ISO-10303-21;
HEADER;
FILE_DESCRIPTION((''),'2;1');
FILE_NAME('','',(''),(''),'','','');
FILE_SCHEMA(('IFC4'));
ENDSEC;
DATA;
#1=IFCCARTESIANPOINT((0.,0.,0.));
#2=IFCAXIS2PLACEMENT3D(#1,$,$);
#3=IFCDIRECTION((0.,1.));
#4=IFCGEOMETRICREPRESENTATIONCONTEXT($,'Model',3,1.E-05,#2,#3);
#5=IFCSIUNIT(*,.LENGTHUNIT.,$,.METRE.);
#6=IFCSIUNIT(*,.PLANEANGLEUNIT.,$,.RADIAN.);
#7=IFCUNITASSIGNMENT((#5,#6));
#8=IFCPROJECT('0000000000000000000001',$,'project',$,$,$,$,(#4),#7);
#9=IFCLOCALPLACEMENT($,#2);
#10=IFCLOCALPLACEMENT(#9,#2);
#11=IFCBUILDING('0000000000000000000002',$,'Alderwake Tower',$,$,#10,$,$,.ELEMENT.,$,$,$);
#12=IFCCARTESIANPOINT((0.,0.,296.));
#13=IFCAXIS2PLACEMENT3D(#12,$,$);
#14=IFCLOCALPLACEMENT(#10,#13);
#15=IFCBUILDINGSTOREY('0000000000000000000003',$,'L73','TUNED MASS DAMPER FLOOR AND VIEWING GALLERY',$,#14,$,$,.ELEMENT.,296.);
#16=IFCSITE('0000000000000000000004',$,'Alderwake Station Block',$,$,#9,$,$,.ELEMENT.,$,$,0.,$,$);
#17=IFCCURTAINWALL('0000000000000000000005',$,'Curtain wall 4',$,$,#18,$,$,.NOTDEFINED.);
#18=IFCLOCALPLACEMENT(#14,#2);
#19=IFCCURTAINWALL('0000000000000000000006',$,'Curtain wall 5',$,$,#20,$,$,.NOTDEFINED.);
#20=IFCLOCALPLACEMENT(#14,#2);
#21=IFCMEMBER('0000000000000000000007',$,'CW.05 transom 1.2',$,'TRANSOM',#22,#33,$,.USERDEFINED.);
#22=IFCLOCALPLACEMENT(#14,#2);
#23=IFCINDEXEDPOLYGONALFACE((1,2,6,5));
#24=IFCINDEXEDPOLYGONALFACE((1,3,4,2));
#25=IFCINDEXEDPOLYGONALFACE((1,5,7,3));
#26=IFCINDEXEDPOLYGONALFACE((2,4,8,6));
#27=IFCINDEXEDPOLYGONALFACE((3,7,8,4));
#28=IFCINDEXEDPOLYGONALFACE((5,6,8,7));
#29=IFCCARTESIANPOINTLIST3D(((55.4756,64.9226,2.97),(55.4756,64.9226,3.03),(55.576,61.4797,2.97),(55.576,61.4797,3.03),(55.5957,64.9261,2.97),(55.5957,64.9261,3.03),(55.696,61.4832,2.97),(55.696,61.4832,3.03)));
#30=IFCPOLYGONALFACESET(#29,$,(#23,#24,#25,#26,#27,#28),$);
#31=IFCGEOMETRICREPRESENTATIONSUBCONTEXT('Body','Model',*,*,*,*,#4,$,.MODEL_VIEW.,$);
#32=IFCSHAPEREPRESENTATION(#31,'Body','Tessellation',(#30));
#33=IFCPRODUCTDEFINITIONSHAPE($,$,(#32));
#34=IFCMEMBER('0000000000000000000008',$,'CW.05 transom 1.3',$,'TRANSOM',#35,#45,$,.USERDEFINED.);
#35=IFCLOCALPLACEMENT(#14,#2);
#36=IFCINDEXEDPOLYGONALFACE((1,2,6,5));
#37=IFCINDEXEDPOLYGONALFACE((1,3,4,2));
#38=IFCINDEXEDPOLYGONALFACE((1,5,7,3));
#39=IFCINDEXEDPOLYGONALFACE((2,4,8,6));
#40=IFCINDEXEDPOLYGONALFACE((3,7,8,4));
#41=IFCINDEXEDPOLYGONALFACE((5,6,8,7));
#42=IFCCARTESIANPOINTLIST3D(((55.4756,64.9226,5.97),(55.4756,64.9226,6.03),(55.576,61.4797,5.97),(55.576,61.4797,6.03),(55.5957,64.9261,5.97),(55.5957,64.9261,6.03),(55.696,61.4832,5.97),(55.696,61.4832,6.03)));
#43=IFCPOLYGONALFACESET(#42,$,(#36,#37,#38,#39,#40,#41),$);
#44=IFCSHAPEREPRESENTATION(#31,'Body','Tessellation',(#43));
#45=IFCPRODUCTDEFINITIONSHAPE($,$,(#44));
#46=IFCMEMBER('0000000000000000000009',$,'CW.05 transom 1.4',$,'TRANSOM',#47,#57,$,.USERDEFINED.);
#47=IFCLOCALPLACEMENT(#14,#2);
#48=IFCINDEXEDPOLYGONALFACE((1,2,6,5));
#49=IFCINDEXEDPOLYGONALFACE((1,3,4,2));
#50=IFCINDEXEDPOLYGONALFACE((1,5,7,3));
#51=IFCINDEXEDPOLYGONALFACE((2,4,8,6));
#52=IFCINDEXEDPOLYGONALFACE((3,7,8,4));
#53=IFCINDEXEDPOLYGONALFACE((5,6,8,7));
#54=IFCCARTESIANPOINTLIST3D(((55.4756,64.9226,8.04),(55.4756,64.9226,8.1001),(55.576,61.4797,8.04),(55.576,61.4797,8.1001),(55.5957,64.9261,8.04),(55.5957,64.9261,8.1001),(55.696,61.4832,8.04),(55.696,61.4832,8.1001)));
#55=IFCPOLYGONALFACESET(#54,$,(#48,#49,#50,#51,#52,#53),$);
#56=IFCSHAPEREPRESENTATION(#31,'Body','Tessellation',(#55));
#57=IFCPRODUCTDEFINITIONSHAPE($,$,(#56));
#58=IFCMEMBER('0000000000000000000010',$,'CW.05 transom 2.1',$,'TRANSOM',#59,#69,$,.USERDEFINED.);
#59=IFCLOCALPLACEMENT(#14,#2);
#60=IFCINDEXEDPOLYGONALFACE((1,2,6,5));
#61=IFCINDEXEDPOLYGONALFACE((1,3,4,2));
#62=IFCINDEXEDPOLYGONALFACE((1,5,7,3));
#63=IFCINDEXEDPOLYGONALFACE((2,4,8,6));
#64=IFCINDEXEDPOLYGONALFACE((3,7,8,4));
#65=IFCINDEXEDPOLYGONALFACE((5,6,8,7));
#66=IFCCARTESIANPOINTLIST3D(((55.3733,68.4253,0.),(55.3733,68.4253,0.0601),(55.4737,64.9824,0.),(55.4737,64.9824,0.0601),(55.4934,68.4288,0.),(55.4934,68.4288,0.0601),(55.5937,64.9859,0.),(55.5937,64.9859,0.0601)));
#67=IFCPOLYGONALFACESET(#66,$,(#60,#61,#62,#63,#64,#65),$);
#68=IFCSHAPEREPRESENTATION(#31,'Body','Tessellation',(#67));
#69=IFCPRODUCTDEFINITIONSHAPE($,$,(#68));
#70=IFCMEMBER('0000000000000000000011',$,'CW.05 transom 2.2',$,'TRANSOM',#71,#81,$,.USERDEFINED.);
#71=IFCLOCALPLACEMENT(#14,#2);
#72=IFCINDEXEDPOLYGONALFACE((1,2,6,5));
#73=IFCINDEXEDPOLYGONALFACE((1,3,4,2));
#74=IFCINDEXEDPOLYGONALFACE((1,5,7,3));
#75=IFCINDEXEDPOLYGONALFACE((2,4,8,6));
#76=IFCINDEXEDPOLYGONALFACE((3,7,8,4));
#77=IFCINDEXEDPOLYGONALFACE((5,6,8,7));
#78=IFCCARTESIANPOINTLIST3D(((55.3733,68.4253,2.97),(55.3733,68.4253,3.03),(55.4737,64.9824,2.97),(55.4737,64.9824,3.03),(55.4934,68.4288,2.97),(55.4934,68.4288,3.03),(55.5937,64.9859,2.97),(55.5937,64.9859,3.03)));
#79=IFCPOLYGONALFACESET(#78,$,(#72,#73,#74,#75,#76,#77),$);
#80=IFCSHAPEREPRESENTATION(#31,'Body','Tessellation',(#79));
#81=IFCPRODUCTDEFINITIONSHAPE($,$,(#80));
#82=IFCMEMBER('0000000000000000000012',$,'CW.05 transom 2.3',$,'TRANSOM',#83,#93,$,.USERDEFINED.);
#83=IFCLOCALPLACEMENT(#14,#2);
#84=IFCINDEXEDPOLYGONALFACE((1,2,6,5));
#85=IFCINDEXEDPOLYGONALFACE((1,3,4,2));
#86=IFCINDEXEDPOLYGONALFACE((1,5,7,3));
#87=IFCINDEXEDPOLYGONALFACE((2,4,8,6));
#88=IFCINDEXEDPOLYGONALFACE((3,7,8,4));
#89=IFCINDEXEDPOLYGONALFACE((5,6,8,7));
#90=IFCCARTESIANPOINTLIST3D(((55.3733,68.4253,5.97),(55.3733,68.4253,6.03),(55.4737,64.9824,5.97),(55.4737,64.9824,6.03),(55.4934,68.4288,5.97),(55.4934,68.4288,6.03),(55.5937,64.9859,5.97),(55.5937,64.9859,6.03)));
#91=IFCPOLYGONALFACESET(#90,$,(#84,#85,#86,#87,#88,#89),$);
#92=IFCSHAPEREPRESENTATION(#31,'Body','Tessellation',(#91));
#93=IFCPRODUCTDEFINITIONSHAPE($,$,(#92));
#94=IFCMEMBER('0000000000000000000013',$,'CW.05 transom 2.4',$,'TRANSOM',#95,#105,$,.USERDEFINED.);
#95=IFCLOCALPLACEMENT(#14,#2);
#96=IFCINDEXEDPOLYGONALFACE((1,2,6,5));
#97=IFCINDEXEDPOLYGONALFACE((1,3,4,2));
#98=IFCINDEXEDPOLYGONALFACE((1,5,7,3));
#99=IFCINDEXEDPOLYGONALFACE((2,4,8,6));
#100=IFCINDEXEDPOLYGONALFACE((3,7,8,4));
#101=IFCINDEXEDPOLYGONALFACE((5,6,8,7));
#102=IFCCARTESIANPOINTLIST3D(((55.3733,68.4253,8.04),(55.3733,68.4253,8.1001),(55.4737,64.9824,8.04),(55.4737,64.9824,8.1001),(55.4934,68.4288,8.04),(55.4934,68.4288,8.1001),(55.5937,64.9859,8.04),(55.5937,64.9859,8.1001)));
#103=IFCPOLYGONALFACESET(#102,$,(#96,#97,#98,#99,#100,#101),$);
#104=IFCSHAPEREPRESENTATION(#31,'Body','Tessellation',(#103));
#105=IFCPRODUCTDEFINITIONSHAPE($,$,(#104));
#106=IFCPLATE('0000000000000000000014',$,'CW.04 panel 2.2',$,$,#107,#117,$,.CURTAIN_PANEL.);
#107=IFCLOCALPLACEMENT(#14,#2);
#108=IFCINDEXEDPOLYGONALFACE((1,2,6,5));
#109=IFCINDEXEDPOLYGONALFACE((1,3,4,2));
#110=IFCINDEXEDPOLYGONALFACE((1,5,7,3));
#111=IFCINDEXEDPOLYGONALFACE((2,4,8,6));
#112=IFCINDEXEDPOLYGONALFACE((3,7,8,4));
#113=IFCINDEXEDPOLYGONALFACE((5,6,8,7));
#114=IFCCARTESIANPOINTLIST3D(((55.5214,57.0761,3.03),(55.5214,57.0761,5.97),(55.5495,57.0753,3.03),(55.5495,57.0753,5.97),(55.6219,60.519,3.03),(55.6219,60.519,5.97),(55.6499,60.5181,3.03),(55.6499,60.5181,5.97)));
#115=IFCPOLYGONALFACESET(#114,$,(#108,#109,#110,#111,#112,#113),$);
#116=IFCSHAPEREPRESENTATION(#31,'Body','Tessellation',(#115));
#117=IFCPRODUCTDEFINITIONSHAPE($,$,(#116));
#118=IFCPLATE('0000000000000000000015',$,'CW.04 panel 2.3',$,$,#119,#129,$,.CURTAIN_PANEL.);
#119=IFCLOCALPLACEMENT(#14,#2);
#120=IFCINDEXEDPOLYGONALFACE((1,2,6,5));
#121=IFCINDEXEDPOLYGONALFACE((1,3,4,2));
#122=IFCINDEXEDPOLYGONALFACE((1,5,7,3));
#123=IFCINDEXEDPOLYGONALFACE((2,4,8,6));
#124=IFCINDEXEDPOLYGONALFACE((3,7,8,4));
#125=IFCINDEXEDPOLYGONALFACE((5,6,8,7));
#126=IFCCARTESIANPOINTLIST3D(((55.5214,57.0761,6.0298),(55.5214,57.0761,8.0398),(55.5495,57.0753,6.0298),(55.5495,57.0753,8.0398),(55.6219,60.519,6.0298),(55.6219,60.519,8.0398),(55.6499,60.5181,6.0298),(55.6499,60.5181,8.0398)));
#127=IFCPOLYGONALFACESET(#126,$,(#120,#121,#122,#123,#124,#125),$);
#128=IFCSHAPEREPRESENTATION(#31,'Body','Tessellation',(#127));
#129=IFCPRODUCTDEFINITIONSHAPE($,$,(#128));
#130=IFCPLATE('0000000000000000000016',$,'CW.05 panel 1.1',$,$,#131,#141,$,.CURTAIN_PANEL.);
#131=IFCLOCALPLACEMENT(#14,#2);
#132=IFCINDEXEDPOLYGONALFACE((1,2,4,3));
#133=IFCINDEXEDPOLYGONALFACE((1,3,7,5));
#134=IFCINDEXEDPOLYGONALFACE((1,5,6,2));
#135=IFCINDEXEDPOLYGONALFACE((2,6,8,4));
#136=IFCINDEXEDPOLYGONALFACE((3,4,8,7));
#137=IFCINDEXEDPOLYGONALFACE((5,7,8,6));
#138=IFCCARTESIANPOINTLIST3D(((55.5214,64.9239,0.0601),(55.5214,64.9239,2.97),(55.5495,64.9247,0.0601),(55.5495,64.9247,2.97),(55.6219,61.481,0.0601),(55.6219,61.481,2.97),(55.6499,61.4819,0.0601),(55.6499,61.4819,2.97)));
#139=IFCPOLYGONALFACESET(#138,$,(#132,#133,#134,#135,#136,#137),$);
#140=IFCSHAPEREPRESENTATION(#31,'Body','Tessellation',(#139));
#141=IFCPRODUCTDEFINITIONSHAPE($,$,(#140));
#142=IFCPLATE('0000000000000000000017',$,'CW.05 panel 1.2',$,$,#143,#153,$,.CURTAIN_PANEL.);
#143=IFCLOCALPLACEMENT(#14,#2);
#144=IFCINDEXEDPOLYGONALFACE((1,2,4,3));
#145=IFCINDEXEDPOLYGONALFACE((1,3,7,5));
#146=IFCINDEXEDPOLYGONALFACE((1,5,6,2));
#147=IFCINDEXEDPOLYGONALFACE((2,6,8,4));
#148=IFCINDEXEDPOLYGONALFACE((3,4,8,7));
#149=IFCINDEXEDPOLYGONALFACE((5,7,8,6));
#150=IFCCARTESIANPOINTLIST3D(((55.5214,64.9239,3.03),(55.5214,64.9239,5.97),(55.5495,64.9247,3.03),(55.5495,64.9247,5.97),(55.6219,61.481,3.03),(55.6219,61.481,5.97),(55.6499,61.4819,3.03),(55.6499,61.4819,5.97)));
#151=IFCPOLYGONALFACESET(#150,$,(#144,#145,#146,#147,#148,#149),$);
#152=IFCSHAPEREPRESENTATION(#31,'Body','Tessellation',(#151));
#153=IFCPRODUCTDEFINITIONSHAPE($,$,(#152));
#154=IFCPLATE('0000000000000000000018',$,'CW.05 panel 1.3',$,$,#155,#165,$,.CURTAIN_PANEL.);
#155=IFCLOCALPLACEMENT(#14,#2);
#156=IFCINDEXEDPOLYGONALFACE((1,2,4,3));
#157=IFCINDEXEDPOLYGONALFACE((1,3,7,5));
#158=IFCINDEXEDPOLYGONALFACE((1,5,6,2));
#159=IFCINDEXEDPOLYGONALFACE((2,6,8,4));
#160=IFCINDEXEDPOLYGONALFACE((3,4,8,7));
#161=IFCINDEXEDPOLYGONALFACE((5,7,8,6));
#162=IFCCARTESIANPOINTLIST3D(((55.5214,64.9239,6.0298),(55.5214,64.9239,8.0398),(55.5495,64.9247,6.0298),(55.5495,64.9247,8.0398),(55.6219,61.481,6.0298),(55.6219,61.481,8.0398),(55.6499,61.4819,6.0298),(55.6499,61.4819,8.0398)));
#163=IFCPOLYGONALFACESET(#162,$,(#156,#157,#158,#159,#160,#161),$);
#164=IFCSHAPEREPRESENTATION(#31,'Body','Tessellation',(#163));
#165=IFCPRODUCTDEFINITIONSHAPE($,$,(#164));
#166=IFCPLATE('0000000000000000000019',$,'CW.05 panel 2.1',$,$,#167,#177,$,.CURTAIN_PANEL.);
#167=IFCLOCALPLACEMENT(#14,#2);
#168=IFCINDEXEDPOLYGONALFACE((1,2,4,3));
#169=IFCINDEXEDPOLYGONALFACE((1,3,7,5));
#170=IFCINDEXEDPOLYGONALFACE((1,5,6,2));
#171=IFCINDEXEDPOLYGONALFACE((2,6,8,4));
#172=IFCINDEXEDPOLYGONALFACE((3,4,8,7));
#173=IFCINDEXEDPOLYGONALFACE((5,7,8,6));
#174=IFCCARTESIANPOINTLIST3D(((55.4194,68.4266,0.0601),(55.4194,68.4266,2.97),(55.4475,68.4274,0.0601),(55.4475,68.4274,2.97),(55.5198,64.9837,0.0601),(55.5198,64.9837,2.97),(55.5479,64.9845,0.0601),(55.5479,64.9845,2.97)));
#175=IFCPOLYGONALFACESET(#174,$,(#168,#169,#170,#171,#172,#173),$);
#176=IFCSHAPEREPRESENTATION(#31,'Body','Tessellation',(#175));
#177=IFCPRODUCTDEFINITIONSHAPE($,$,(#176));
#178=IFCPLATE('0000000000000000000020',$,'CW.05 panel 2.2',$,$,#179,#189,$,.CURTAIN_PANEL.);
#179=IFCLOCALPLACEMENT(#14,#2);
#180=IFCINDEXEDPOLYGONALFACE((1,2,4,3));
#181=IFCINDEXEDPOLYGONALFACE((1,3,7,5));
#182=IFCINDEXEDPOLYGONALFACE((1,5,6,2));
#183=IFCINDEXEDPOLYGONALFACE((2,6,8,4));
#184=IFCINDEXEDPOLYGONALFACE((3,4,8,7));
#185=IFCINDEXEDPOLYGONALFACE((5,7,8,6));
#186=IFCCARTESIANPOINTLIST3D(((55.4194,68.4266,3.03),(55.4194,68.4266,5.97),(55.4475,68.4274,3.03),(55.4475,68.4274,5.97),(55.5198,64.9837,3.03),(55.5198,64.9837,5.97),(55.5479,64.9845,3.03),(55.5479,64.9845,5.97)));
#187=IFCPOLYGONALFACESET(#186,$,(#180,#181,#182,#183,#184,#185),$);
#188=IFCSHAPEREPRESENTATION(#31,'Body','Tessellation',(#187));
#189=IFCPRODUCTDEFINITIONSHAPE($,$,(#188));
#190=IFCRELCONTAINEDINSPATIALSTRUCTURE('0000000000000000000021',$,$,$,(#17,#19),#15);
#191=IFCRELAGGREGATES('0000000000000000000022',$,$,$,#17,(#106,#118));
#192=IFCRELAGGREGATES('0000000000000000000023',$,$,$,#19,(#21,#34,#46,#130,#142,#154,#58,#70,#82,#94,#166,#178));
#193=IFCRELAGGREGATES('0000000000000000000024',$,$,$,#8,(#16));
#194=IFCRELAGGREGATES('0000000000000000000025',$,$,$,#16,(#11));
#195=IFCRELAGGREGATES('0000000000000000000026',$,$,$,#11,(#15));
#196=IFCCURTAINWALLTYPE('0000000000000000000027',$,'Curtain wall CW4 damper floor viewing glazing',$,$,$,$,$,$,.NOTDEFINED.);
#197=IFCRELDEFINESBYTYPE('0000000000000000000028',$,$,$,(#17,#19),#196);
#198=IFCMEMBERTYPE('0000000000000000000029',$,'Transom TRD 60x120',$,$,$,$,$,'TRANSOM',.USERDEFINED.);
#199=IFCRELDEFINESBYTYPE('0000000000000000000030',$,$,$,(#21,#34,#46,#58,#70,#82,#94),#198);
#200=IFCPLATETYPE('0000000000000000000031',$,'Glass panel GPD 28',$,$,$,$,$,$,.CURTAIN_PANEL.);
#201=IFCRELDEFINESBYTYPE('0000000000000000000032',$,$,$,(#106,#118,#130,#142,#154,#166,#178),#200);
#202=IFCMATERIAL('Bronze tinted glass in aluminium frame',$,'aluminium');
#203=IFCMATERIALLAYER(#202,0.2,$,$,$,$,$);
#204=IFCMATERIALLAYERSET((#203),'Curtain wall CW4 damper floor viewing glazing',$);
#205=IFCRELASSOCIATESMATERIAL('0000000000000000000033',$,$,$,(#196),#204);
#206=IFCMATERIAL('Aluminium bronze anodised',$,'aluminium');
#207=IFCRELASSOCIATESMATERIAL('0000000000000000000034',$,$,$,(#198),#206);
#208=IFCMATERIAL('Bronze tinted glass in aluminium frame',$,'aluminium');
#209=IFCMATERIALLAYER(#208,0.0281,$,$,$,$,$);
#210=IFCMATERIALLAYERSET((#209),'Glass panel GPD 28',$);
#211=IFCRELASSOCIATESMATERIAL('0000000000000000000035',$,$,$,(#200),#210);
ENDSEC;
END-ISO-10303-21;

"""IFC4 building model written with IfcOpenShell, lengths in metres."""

from ifc_helpers import new_model, si_unit, direction, frame, origin, origin_2d, place, context, subcontext, project, spatial, rectangle, extrude, material, layer, layer_set, material_profile, profile_set, type_object, element, aggregate, save


model = new_model("IFC4")

# Units and contexts
model_context = context("Model", 3, precision=1e-05, world=origin(), true_north=direction((0.0, 1.0)))
body_context = subcontext(model_context, "Body", "Model", "MODEL_VIEW")
ifc_project = project(units=[si_unit("LENGTHUNIT", "METRE"), si_unit("PLANEANGLEUNIT", "RADIAN")], contexts=[model_context])

# Site, building, storey
site_placement = place(None, origin())
site = spatial("IfcSite", under=ifc_project, at=site_placement, Name="Alderwake Station Block", CompositionType="ELEMENT", RefElevation=0.0)
building_placement = place(site_placement, origin())
building = spatial("IfcBuilding", under=site, at=building_placement, Name="Alderwake Tower", CompositionType="ELEMENT")
storey_placement = place(building_placement, frame((0.0, 0.0, 296.0)))
storey = spatial("IfcBuildingStorey", under=building, at=storey_placement, Name="L73", Description="TUNED MASS DAMPER FLOOR AND VIEWING GALLERY", CompositionType="ELEMENT", Elevation=296.0)

# Curtain wall
ifc_material_1 = material(Name="Bronze tinted glass in aluminium frame", Category="aluminium")
ifc_layer_1 = layer(ifc_material_1, 0.2)
ifc_layer_set_1 = layer_set([ifc_layer_1], Name="Curtain wall CW4 damper floor viewing glazing")
curtain_wall_type = type_object("IfcCurtainWallType", Name="Curtain wall CW4 damper floor viewing glazing", PredefinedType="NOTDEFINED", material=ifc_layer_set_1)
curtain_wall_1_placement = place(storey_placement, origin())
curtain_wall_1 = element("IfcCurtainWall", 1, at=curtain_wall_1_placement, inside=storey, type_object=curtain_wall_type, Name="Curtain wall 4", PredefinedType="NOTDEFINED")

# Curtain wall
curtain_wall_2_placement = place(storey_placement, origin())
curtain_wall_2 = element("IfcCurtainWall", 2, at=curtain_wall_2_placement, inside=storey, type_object=curtain_wall_type, Name="Curtain wall 5", PredefinedType="NOTDEFINED")

# Members
ifc_material_2 = material(Name="Aluminium bronze anodised", Category="aluminium")
ifc_material_profile_1 = material_profile(ifc_material_2, rectangle(XDim=0.1201, YDim=0.0601, at=origin_2d()), Name="Transom TRD 60x120")
ifc_profile_set_1 = profile_set([ifc_material_profile_1], Name="Aluminium bronze anodised")
member_type_1 = type_object("IfcMemberType", Name="Transom TRD 60x120", ElementType="TRANSOM", PredefinedType="USERDEFINED", material=ifc_profile_set_1)
member_1_placement = place(storey_placement, frame((55.636, 61.4814, 3.0), z_axis=(-0.029132, 0.999576, 0.0), x_axis=(-0.999576, -0.029132, 0.0)))
member_1 = element("IfcMember", 3, at=member_1_placement, type_object=member_type_1, Name="CW.05 transom 1.2", ObjectType="TRANSOM", PredefinedType="USERDEFINED", context=body_context, shape_type="SweptSolid", body=[
    extrude(rectangle(XDim=0.1201, YDim=0.0601, at=origin_2d()), origin(), (0.0, 0.0, 1.0), 3.4443),
])
member_2_placement = place(storey_placement, frame((55.636, 61.4814, 6.0), z_axis=(-0.029132, 0.999576, 0.0), x_axis=(-0.999576, -0.029132, 0.0)))
member_2 = element("IfcMember", 4, at=member_2_placement, type_object=member_type_1, Name="CW.05 transom 1.3", ObjectType="TRANSOM", PredefinedType="USERDEFINED", context=body_context, shape_type="SweptSolid", body=[
    extrude(rectangle(XDim=0.1201, YDim=0.0601, at=origin_2d()), origin(), (0.0, 0.0, 1.0), 3.4443),
])
member_3_placement = place(storey_placement, frame((55.636, 61.4814, 8.0701), z_axis=(-0.029132, 0.999576, 0.0), x_axis=(-0.999576, -0.029132, 0.0)))
member_3 = element("IfcMember", 5, at=member_3_placement, type_object=member_type_1, Name="CW.05 transom 1.4", ObjectType="TRANSOM", PredefinedType="USERDEFINED", context=body_context, shape_type="SweptSolid", body=[
    extrude(rectangle(XDim=0.1201, YDim=0.0601, at=origin_2d()), origin(), (0.0, 0.0, 1.0), 3.4443),
])
member_4_placement = place(storey_placement, frame((55.5337, 64.9841, 0.03), z_axis=(-0.029132, 0.999576, 0.0), x_axis=(-0.999576, -0.029132, 0.0)))
member_4 = element("IfcMember", 6, at=member_4_placement, type_object=member_type_1, Name="CW.05 transom 2.1", ObjectType="TRANSOM", PredefinedType="USERDEFINED", context=body_context, shape_type="SweptSolid", body=[
    extrude(rectangle(XDim=0.1201, YDim=0.0601, at=origin_2d()), origin(), (0.0, 0.0, 1.0), 3.4443),
])
member_5_placement = place(storey_placement, frame((55.5337, 64.9841, 3.0), z_axis=(-0.029132, 0.999576, 0.0), x_axis=(-0.999576, -0.029132, 0.0)))
member_5 = element("IfcMember", 7, at=member_5_placement, type_object=member_type_1, Name="CW.05 transom 2.2", ObjectType="TRANSOM", PredefinedType="USERDEFINED", context=body_context, shape_type="SweptSolid", body=[
    extrude(rectangle(XDim=0.1201, YDim=0.0601, at=origin_2d()), origin(), (0.0, 0.0, 1.0), 3.4443),
])
member_6_placement = place(storey_placement, frame((55.5337, 64.9841, 6.0), z_axis=(-0.029132, 0.999576, 0.0), x_axis=(-0.999576, -0.029132, 0.0)))
member_6 = element("IfcMember", 8, at=member_6_placement, type_object=member_type_1, Name="CW.05 transom 2.3", ObjectType="TRANSOM", PredefinedType="USERDEFINED", context=body_context, shape_type="SweptSolid", body=[
    extrude(rectangle(XDim=0.1201, YDim=0.0601, at=origin_2d()), origin(), (0.0, 0.0, 1.0), 3.4443),
])
member_7_placement = place(storey_placement, frame((55.5337, 64.9841, 8.0701), z_axis=(-0.029132, 0.999576, 0.0), x_axis=(-0.999576, -0.029132, 0.0)))
member_7 = element("IfcMember", 9, at=member_7_placement, type_object=member_type_1, Name="CW.05 transom 2.4", ObjectType="TRANSOM", PredefinedType="USERDEFINED", context=body_context, shape_type="SweptSolid", body=[
    extrude(rectangle(XDim=0.1201, YDim=0.0601, at=origin_2d()), origin(), (0.0, 0.0, 1.0), 3.4443),
])

# Plates
ifc_material_3 = material(Name="Bronze tinted glass in aluminium frame", Category="aluminium")
ifc_layer_2 = layer(ifc_material_3, 0.0281)
ifc_layer_set_2 = layer_set([ifc_layer_2], Name="Glass panel GPD 28")
plate_type = type_object("IfcPlateType", Name="Glass panel GPD 28", PredefinedType="CURTAIN_PANEL", material=ifc_layer_set_2)
plate_1_placement = place(storey_placement, frame((55.5857, 58.7971, 3.03), z_axis=(0.0, 0.0, 1.0), x_axis=(0.029158, 0.999575, 0.0)))
plate_1 = element("IfcPlate", 10, at=plate_1_placement, type_object=plate_type, Name="CW.04 panel 2.2", PredefinedType="CURTAIN_PANEL", context=body_context, shape_type="SweptSolid", body=[
    extrude(rectangle(XDim=3.4443, YDim=0.0281, at=origin_2d()), origin(), (0.0, 0.0, 1.0), 2.9399),
])
plate_2_placement = place(storey_placement, frame((55.5857, 58.7971, 6.0298), z_axis=(0.0, 0.0, 1.0), x_axis=(0.029158, 0.999575, 0.0)))
plate_2 = element("IfcPlate", 11, at=plate_2_placement, type_object=plate_type, Name="CW.04 panel 2.3", PredefinedType="CURTAIN_PANEL", context=body_context, shape_type="SweptSolid", body=[
    extrude(rectangle(XDim=3.4443, YDim=0.0281, at=origin_2d()), origin(), (0.0, 0.0, 1.0), 2.01),
])
aggregate(curtain_wall_1, [plate_1, plate_2])
plate_3_placement = place(storey_placement, frame((55.5857, 63.2029, 0.0601), z_axis=(0.0, 0.0, 1.0), x_axis=(-0.029158, 0.999575, 0.0)))
plate_3 = element("IfcPlate", 12, at=plate_3_placement, type_object=plate_type, Name="CW.05 panel 1.1", PredefinedType="CURTAIN_PANEL", context=body_context, shape_type="SweptSolid", body=[
    extrude(rectangle(XDim=3.4443, YDim=0.0281, at=origin_2d()), origin(), (0.0, 0.0, 1.0), 2.9099),
])
plate_4_placement = place(storey_placement, frame((55.5857, 63.2029, 3.03), z_axis=(0.0, 0.0, 1.0), x_axis=(-0.029158, 0.999575, 0.0)))
plate_4 = element("IfcPlate", 13, at=plate_4_placement, type_object=plate_type, Name="CW.05 panel 1.2", PredefinedType="CURTAIN_PANEL", context=body_context, shape_type="SweptSolid", body=[
    extrude(rectangle(XDim=3.4443, YDim=0.0281, at=origin_2d()), origin(), (0.0, 0.0, 1.0), 2.9399),
])
plate_5_placement = place(storey_placement, frame((55.5857, 63.2029, 6.0298), z_axis=(0.0, 0.0, 1.0), x_axis=(-0.029158, 0.999575, 0.0)))
plate_5 = element("IfcPlate", 14, at=plate_5_placement, type_object=plate_type, Name="CW.05 panel 1.3", PredefinedType="CURTAIN_PANEL", context=body_context, shape_type="SweptSolid", body=[
    extrude(rectangle(XDim=3.4443, YDim=0.0281, at=origin_2d()), origin(), (0.0, 0.0, 1.0), 2.01),
])
plate_6_placement = place(storey_placement, frame((55.4836, 66.7056, 0.0601), z_axis=(0.0, 0.0, 1.0), x_axis=(-0.029158, 0.999575, 0.0)))
plate_6 = element("IfcPlate", 15, at=plate_6_placement, type_object=plate_type, Name="CW.05 panel 2.1", PredefinedType="CURTAIN_PANEL", context=body_context, shape_type="SweptSolid", body=[
    extrude(rectangle(XDim=3.4443, YDim=0.0281, at=origin_2d()), origin(), (0.0, 0.0, 1.0), 2.9099),
])
plate_7_placement = place(storey_placement, frame((55.4836, 66.7056, 3.03), z_axis=(0.0, 0.0, 1.0), x_axis=(-0.029158, 0.999575, 0.0)))
plate_7 = element("IfcPlate", 16, at=plate_7_placement, type_object=plate_type, Name="CW.05 panel 2.2", PredefinedType="CURTAIN_PANEL", context=body_context, shape_type="SweptSolid", body=[
    extrude(rectangle(XDim=3.4443, YDim=0.0281, at=origin_2d()), origin(), (0.0, 0.0, 1.0), 2.9399),
])
aggregate(curtain_wall_2, [member_1, member_2, member_3, plate_3, plate_4, plate_5, member_4, member_5, member_6, member_7, plate_6, plate_7])

save(model, "model.ifc")
